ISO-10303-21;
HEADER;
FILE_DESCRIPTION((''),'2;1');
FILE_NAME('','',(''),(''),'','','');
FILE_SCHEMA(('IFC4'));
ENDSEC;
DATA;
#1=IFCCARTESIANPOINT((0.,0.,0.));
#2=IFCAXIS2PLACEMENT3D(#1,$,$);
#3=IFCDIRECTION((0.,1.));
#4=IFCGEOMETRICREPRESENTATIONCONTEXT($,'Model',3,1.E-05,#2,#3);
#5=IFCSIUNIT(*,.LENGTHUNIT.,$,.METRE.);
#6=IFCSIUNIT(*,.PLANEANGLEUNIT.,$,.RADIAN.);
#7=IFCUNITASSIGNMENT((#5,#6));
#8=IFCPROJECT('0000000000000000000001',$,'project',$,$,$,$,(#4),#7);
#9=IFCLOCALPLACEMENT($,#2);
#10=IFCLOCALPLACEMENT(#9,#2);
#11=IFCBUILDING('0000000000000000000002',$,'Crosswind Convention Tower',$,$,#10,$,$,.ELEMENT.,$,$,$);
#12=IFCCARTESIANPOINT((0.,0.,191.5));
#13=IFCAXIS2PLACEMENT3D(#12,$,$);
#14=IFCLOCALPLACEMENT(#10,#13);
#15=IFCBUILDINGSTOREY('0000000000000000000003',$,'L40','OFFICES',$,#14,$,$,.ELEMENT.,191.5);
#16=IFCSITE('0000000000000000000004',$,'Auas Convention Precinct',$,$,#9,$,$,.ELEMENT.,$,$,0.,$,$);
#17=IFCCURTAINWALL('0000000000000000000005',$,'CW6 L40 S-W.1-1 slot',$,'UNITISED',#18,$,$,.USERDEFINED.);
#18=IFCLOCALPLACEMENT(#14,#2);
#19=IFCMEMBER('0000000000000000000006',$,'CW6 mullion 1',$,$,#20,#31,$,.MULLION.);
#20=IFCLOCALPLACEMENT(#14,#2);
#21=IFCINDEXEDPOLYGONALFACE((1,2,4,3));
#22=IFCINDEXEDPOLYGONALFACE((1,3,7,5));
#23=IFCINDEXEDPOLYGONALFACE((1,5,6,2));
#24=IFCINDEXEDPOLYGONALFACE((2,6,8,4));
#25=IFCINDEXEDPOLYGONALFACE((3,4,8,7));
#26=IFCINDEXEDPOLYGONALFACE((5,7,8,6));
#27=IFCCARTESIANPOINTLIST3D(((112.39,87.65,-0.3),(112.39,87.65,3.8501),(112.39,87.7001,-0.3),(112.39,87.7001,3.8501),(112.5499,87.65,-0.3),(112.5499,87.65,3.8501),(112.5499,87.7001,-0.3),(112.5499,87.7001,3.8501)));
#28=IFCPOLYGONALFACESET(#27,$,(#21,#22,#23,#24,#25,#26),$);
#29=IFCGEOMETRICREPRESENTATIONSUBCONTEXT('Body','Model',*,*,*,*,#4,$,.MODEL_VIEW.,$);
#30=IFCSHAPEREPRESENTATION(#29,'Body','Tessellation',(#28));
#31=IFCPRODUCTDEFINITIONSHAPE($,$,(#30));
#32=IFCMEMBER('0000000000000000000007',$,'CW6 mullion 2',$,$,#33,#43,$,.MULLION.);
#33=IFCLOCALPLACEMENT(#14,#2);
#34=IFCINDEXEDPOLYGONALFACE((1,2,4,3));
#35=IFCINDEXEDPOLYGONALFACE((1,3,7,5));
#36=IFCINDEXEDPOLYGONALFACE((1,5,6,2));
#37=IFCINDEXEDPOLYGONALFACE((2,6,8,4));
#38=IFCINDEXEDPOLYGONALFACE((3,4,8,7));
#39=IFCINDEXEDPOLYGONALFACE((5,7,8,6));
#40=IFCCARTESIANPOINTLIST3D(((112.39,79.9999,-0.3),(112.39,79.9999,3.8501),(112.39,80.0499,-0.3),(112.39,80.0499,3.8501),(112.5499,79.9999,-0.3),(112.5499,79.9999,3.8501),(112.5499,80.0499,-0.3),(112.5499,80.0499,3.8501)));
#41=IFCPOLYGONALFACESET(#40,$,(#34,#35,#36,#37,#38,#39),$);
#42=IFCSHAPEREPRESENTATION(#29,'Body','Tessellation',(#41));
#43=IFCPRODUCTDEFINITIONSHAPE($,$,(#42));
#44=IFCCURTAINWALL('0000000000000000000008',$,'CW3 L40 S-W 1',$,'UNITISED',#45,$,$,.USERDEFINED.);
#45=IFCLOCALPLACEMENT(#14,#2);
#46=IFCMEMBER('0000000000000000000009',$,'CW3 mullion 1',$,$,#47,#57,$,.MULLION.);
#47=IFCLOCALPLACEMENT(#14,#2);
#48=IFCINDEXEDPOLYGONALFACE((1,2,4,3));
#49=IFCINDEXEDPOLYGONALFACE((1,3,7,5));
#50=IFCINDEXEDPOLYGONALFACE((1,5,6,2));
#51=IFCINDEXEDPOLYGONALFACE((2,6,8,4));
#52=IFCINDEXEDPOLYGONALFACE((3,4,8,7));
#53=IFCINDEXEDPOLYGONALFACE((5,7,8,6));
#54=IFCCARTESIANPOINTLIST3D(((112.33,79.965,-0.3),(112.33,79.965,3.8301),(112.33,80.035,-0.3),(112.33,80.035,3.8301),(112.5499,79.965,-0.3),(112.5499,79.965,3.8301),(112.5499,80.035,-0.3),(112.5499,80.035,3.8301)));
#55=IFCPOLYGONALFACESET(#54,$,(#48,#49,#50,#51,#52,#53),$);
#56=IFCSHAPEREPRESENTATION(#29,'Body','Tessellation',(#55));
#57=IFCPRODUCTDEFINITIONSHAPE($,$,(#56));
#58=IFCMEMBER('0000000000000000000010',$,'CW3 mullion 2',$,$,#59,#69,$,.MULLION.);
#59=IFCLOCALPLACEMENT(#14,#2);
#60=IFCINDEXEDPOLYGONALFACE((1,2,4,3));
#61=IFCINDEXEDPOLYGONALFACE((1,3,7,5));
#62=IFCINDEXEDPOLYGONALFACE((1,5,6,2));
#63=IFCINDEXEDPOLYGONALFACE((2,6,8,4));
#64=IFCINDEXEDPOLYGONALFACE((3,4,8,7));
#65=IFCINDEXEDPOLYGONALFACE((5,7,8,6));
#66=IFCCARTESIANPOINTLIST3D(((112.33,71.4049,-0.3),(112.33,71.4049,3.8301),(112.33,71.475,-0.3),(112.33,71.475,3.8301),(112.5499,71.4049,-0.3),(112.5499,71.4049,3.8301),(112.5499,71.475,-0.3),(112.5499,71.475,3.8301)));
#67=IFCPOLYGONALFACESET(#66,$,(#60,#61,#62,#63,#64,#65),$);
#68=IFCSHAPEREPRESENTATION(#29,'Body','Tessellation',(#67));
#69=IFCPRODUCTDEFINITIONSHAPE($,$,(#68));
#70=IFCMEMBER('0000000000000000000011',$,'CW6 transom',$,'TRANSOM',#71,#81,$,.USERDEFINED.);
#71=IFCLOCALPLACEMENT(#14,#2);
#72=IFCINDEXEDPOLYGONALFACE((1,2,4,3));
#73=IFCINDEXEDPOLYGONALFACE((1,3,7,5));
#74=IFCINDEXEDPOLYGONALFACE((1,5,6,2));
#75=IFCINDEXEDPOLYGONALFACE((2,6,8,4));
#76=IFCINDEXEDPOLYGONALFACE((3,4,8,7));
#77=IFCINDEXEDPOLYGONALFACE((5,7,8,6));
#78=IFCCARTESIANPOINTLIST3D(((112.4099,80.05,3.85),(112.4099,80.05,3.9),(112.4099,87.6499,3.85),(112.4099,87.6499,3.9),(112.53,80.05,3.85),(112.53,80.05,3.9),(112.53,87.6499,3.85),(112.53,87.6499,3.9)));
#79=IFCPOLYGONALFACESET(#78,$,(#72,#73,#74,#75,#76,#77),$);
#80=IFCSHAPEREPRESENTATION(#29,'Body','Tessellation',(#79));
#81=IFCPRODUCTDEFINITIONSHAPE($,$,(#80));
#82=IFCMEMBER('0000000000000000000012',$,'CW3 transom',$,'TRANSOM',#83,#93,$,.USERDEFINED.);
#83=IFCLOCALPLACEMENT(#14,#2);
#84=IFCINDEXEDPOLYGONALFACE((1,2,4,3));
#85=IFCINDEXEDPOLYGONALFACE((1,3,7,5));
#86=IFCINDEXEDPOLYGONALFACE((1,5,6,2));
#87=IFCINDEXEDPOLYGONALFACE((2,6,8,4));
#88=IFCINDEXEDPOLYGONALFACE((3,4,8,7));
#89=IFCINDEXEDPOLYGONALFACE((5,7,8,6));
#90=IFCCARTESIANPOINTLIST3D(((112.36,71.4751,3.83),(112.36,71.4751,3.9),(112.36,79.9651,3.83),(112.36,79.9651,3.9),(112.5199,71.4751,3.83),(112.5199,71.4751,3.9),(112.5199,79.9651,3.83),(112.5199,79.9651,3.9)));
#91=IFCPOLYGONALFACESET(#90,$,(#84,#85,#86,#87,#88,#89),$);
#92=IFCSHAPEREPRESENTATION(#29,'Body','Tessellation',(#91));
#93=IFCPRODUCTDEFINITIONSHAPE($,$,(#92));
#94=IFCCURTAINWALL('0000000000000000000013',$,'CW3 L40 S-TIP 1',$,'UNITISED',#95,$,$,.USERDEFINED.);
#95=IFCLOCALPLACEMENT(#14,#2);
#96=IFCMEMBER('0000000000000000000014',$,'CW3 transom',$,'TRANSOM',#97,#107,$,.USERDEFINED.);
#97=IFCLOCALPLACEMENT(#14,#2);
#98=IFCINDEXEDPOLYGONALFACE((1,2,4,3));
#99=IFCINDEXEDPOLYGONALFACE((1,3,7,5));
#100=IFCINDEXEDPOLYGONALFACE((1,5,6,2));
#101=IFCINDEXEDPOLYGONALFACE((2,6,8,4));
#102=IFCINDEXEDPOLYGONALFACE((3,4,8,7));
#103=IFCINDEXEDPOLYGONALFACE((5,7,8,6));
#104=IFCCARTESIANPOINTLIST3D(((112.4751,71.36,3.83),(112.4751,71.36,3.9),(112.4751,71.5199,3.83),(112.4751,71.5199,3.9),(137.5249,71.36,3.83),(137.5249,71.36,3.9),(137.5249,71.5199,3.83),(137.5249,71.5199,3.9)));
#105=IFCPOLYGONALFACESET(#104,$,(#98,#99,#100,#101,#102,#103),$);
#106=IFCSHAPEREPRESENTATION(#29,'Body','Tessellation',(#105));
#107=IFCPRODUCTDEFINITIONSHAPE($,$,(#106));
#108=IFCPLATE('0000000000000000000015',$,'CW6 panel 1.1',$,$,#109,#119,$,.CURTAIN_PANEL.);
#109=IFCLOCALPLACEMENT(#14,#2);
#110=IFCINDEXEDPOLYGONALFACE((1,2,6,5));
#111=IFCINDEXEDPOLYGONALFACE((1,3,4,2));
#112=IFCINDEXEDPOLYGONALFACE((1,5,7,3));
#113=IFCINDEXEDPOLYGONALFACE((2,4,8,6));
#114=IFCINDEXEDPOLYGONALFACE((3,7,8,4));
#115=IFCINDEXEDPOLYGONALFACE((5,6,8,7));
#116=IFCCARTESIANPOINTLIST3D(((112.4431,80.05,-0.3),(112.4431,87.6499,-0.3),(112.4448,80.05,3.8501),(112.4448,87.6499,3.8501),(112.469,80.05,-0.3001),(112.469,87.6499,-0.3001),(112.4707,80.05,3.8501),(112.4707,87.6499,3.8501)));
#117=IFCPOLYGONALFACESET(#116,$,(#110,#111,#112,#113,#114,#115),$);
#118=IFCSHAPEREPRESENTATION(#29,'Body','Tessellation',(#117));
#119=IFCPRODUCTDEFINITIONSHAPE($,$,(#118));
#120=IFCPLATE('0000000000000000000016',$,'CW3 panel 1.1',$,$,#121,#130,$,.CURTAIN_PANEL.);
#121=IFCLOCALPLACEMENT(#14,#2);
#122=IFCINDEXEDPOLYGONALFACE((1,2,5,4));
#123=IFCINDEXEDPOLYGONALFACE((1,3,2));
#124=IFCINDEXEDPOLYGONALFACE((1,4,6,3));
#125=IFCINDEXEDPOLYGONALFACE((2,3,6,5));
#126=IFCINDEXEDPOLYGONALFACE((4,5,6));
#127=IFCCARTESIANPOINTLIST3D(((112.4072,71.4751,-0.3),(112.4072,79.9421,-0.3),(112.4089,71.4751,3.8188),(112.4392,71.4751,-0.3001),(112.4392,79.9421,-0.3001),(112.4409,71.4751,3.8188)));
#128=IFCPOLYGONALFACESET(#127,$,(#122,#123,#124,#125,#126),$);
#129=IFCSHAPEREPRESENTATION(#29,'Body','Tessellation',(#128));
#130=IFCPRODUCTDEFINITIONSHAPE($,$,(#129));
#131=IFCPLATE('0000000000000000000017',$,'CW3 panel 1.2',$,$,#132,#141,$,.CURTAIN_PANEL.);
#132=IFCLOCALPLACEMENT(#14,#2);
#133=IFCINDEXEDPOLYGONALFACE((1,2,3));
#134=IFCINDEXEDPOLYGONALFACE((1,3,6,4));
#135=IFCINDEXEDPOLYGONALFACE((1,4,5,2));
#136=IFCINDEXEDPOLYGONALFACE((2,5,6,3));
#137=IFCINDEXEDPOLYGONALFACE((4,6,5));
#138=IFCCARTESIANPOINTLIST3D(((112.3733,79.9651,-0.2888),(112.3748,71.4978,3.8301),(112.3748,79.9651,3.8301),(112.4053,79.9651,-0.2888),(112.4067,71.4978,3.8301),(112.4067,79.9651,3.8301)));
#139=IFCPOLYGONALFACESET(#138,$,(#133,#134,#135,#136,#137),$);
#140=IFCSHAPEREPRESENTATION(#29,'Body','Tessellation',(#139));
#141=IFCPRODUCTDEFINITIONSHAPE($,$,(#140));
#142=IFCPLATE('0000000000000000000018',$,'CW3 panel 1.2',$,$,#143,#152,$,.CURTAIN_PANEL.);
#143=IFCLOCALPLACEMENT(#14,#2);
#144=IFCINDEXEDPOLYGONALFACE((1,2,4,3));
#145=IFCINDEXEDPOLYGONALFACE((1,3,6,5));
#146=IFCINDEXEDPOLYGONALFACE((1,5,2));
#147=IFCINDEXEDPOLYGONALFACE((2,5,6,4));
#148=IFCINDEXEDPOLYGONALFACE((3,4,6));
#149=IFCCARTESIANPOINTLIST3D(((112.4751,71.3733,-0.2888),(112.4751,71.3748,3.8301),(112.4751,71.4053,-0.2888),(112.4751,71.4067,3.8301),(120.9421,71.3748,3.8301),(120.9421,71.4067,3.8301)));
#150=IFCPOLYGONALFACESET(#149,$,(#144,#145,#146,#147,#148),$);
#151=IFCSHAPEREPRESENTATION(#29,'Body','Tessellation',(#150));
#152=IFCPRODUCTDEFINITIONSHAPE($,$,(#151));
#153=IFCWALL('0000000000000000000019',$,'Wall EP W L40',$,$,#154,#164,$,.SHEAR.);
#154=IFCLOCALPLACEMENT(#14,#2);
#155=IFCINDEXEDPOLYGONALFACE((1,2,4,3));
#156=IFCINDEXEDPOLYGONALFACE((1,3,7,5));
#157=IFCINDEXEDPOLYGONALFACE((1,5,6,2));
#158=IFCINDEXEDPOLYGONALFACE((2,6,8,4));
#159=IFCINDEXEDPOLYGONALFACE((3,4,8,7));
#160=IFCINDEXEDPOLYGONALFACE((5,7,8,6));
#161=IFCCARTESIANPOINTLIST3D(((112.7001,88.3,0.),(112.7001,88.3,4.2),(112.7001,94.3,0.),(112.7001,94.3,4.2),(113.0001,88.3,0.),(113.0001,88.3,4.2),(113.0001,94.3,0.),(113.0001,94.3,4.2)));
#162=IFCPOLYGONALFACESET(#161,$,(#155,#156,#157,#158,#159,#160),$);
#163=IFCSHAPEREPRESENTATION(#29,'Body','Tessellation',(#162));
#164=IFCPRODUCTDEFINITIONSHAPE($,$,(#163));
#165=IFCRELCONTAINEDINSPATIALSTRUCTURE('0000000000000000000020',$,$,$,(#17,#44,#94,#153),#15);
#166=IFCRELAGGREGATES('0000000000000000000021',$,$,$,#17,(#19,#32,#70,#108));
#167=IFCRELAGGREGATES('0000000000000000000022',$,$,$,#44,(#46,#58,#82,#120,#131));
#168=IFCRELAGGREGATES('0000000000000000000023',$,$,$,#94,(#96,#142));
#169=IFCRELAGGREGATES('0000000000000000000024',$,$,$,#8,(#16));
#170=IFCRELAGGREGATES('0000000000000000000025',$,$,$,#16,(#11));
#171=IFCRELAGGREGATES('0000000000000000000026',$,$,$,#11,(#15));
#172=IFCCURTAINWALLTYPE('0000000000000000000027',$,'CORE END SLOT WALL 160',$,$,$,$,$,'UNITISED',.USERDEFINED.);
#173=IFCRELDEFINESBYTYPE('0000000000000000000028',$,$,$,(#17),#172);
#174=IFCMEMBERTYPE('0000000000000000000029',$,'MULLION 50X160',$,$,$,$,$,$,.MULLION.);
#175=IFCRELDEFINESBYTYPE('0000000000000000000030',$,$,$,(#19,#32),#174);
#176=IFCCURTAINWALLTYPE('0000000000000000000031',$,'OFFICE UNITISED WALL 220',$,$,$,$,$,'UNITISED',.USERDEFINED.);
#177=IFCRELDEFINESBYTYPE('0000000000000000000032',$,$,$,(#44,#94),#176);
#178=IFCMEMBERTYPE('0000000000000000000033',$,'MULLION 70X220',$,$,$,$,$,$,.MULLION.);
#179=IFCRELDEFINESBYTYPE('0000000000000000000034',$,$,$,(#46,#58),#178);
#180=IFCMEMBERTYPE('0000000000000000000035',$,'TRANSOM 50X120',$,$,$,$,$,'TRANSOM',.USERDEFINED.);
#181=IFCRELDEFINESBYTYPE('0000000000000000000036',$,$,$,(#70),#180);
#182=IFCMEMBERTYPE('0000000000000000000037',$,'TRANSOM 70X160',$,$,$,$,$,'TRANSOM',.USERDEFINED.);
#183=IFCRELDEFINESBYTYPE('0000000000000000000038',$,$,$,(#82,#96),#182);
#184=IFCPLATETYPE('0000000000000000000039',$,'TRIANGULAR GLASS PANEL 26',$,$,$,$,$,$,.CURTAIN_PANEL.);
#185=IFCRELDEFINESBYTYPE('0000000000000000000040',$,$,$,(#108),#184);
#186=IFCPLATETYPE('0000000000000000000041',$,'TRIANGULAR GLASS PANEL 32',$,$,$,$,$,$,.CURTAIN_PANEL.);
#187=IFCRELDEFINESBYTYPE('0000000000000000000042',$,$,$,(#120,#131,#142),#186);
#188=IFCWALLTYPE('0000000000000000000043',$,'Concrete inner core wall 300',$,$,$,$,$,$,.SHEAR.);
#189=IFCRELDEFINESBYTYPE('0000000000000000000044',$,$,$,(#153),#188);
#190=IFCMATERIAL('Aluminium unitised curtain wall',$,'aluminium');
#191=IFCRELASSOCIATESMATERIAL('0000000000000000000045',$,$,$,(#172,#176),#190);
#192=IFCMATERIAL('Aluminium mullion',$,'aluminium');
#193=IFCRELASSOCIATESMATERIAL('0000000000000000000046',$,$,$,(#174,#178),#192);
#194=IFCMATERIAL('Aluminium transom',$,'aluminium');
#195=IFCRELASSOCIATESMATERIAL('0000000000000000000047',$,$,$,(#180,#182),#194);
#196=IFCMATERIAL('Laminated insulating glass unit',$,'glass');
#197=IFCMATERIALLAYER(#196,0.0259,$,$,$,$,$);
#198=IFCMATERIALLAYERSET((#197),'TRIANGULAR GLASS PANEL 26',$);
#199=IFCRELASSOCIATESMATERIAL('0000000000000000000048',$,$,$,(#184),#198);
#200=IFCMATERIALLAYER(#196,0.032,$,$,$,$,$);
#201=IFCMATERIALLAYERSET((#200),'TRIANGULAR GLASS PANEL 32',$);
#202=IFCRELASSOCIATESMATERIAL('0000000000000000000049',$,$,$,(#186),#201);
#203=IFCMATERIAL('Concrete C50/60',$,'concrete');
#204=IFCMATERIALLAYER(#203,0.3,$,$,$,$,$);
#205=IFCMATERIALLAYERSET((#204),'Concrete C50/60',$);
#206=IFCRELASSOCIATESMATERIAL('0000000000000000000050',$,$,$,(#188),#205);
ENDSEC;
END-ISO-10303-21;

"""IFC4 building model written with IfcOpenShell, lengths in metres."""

from ifc_helpers import new_model, si_unit, direction, frame, frame_2d, origin, origin_2d, place, context, subcontext, project, spatial, polyline, rectangle, outline, extrude, material, layer, layer_set, material_profile, profile_set, type_object, element, aggregate, save


model = new_model("IFC4")

# Units and contexts
model_context = context("Model", 3, precision=1e-05, world=origin(), true_north=direction((0.0, 1.0)))
body_context = subcontext(model_context, "Body", "Model", "MODEL_VIEW")
ifc_project = project(units=[si_unit("LENGTHUNIT", "METRE"), si_unit("PLANEANGLEUNIT", "RADIAN")], contexts=[model_context])

# Site, building, storey
site_placement = place(None, origin())
site = spatial("IfcSite", under=ifc_project, at=site_placement, Name="Auas Convention Precinct", CompositionType="ELEMENT", RefElevation=0.0)
building_placement = place(site_placement, origin())
building = spatial("IfcBuilding", under=site, at=building_placement, Name="Crosswind Convention Tower", CompositionType="ELEMENT")
storey_placement = place(building_placement, frame((0.0, 0.0, 191.5)))
storey = spatial("IfcBuildingStorey", under=building, at=storey_placement, Name="L40", Description="OFFICES", CompositionType="ELEMENT", Elevation=191.5)

# Curtain walls, members
ifc_material_1 = material(Name="Aluminium unitised curtain wall", Category="aluminium")
curtain_wall_type_1 = type_object("IfcCurtainWallType", Name="CORE END SLOT WALL 160", ElementType="UNITISED", PredefinedType="USERDEFINED", material=ifc_material_1)
curtain_wall_1_placement = place(storey_placement, origin())
curtain_wall_1 = element("IfcCurtainWall", 1, at=curtain_wall_1_placement, inside=storey, type_object=curtain_wall_type_1, Name="CW6 L40 S-W.1-1 slot", ObjectType="UNITISED", PredefinedType="USERDEFINED")
ifc_material_2 = material(Name="Aluminium mullion", Category="aluminium")
ifc_material_profile_1 = material_profile(ifc_material_2, rectangle(XDim=0.1599, YDim=0.05, at=origin_2d()), Name="AL 160X50")
ifc_profile_set_1 = profile_set([ifc_material_profile_1], Name="Aluminium mullion")
member_type_1 = type_object("IfcMemberType", Name="MULLION 50X160", PredefinedType="MULLION", material=ifc_profile_set_1)
member_1_placement = place(storey_placement, frame((112.47, 87.675, -0.3), z_axis=(0.0, 0.0, 1.0), x_axis=(-1.0, 0.0, 0.0)))
member_1 = element("IfcMember", 2, at=member_1_placement, type_object=member_type_1, Name="CW6 mullion 1", PredefinedType="MULLION", context=body_context, shape_type="SweptSolid", body=[
    extrude(rectangle(XDim=0.1599, YDim=0.05, at=origin_2d()), origin(), (0.0, 0.0, 1.0), 4.1501),
])
member_2_placement = place(storey_placement, frame((112.47, 80.0249, -0.3), z_axis=(0.0, 0.0, 1.0), x_axis=(-1.0, 0.0, 0.0)))
member_2 = element("IfcMember", 3, at=member_2_placement, type_object=member_type_1, Name="CW6 mullion 2", PredefinedType="MULLION", context=body_context, shape_type="SweptSolid", body=[
    extrude(rectangle(XDim=0.1599, YDim=0.05, at=origin_2d()), origin(), (0.0, 0.0, 1.0), 4.1501),
])
curtain_wall_type_2 = type_object("IfcCurtainWallType", Name="OFFICE UNITISED WALL 220", ElementType="UNITISED", PredefinedType="USERDEFINED", material=ifc_material_1)
curtain_wall_2_placement = place(storey_placement, origin())
curtain_wall_2 = element("IfcCurtainWall", 4, at=curtain_wall_2_placement, inside=storey, type_object=curtain_wall_type_2, Name="CW3 L40 S-W 1", ObjectType="UNITISED", PredefinedType="USERDEFINED")
ifc_material_profile_2 = material_profile(ifc_material_2, rectangle(XDim=0.22, YDim=0.0701, at=origin_2d()), Name="AL 220X70")
ifc_profile_set_2 = profile_set([ifc_material_profile_2], Name="Aluminium mullion")
member_type_2 = type_object("IfcMemberType", Name="MULLION 70X220", PredefinedType="MULLION", material=ifc_profile_set_2)
member_3_placement = place(storey_placement, frame((112.4399, 80.0, -0.3), z_axis=(0.0, 0.0, 1.0), x_axis=(-1.0, 0.0, 0.0)))
member_3 = element("IfcMember", 5, at=member_3_placement, type_object=member_type_2, Name="CW3 mullion 1", PredefinedType="MULLION", context=body_context, shape_type="SweptSolid", body=[
    extrude(rectangle(XDim=0.22, YDim=0.0701, at=origin_2d()), origin(), (0.0, 0.0, 1.0), 4.1301),
])
member_4_placement = place(storey_placement, frame((112.4399, 71.4399, -0.3), z_axis=(0.0, 0.0, 1.0), x_axis=(-1.0, 0.0, 0.0)))
member_4 = element("IfcMember", 6, at=member_4_placement, type_object=member_type_2, Name="CW3 mullion 2", PredefinedType="MULLION", context=body_context, shape_type="SweptSolid", body=[
    extrude(rectangle(XDim=0.22, YDim=0.0701, at=origin_2d()), origin(), (0.0, 0.0, 1.0), 4.1301),
])

# Members
ifc_material_3 = material(Name="Aluminium transom", Category="aluminium")
ifc_material_profile_3 = material_profile(ifc_material_3, rectangle(XDim=0.1201, YDim=0.05, at=origin_2d()), Name="AL 120X50")
ifc_profile_set_3 = profile_set([ifc_material_profile_3], Name="Aluminium transom")
member_type_3 = type_object("IfcMemberType", Name="TRANSOM 50X120", ElementType="TRANSOM", PredefinedType="USERDEFINED", material=ifc_profile_set_3)
member_5_placement = place(storey_placement, frame((112.47, 87.6499, 3.875), z_axis=(0.0, -1.0, 0.0), x_axis=(1.0, 0.0, 0.0)))
member_5 = element("IfcMember", 7, at=member_5_placement, type_object=member_type_3, Name="CW6 transom", ObjectType="TRANSOM", PredefinedType="USERDEFINED", context=body_context, shape_type="SweptSolid", body=[
    extrude(rectangle(XDim=0.1201, YDim=0.05, at=origin_2d()), origin(), (0.0, 0.0, 1.0), 7.5999),
])
ifc_material_profile_4 = material_profile(ifc_material_3, rectangle(XDim=0.1599, YDim=0.0701, at=origin_2d()), Name="AL 160X70")
ifc_profile_set_4 = profile_set([ifc_material_profile_4], Name="Aluminium transom")
member_type_4 = type_object("IfcMemberType", Name="TRANSOM 70X160", ElementType="TRANSOM", PredefinedType="USERDEFINED", material=ifc_profile_set_4)
member_6_placement = place(storey_placement, frame((112.4399, 79.9651, 3.865), z_axis=(0.0, -1.0, 0.0), x_axis=(1.0, 0.0, 0.0)))
member_6 = element("IfcMember", 8, at=member_6_placement, type_object=member_type_4, Name="CW3 transom", ObjectType="TRANSOM", PredefinedType="USERDEFINED", context=body_context, shape_type="SweptSolid", body=[
    extrude(rectangle(XDim=0.1599, YDim=0.0701, at=origin_2d()), origin(), (0.0, 0.0, 1.0), 8.49),
])

# Curtain wall, member
curtain_wall_3_placement = place(storey_placement, origin())
curtain_wall_3 = element("IfcCurtainWall", 9, at=curtain_wall_3_placement, inside=storey, type_object=curtain_wall_type_2, Name="CW3 L40 S-TIP 1", ObjectType="UNITISED", PredefinedType="USERDEFINED")
member_7_placement = place(storey_placement, frame((112.4751, 71.4399, 3.865), z_axis=(1.0, 0.0, 0.0), x_axis=(0.0, 1.0, 0.0)))
member_7 = element("IfcMember", 10, at=member_7_placement, type_object=member_type_4, Name="CW3 transom", ObjectType="TRANSOM", PredefinedType="USERDEFINED", context=body_context, shape_type="SweptSolid", body=[
    extrude(rectangle(XDim=0.1599, YDim=0.0701, at=origin_2d()), origin(), (0.0, 0.0, 1.0), 25.0498),
])

# Plates
ifc_material_4 = material(Name="Laminated insulating glass unit", Category="glass")
ifc_layer_1 = layer(ifc_material_4, 0.0259)
ifc_layer_set_1 = layer_set([ifc_layer_1], Name="TRIANGULAR GLASS PANEL 26")
plate_type_1 = type_object("IfcPlateType", Name="TRIANGULAR GLASS PANEL 26", PredefinedType="CURTAIN_PANEL", material=ifc_layer_set_1)
plate_1_placement = place(storey_placement, frame((112.4431, 87.6499, -0.3), z_axis=(-1.0, 0.0, 0.000412), x_axis=(0.0, -1.0, 0.0)))
plate_1 = element("IfcPlate", 11, at=plate_1_placement, type_object=plate_type_1, Name="CW6 panel 1.1", PredefinedType="CURTAIN_PANEL", context=body_context, shape_type="SweptSolid", body=[
    extrude(outline(polyline([(0.0, 0.0), (7.5999, 0.0), (7.5999, 4.1501), (0.0, 4.1501), (0.0, 0.0)])), origin(), (0.0, 0.0, -1.0), 0.0259),
])
aggregate(curtain_wall_1, [member_1, member_2, member_5, plate_1])
ifc_layer_2 = layer(ifc_material_4, 0.032)
ifc_layer_set_2 = layer_set([ifc_layer_2], Name="TRIANGULAR GLASS PANEL 32")
plate_type_2 = type_object("IfcPlateType", Name="TRIANGULAR GLASS PANEL 32", PredefinedType="CURTAIN_PANEL", material=ifc_layer_set_2)
plate_2_placement = place(storey_placement, frame((112.4072, 71.4751, -0.3), z_axis=(-1.0, 0.0, 0.000415), x_axis=(0.000415, 0.0, 1.0)))
plate_2 = element("IfcPlate", 12, at=plate_2_placement, type_object=plate_type_2, Name="CW3 panel 1.1", PredefinedType="CURTAIN_PANEL", context=body_context, shape_type="SweptSolid", body=[
    extrude(outline(polyline([(0.0, 0.0), (4.1189, 0.0), (0.0, 8.467), (0.0, 0.0)])), origin(), (0.0, 0.0, -1.0), 0.032),
])
plate_3_placement = place(storey_placement, frame((112.3748, 79.9651, 3.8301), z_axis=(-1.0, 0.0, 0.000356), x_axis=(-0.000356, 0.0, -1.0)))
plate_3 = element("IfcPlate", 13, at=plate_3_placement, type_object=plate_type_2, Name="CW3 panel 1.2", PredefinedType="CURTAIN_PANEL", context=body_context, shape_type="SweptSolid", body=[
    extrude(outline(polyline([(0.0, 0.0), (4.1189, 0.0), (0.0, 8.4673), (0.0, 0.0)])), origin(), (0.0, 0.0, -1.0), 0.032),
])
plate_4_placement = place(storey_placement, frame((112.4751, 71.3748, 3.8301), z_axis=(0.0, -1.0, 0.000356), x_axis=(0.0, -0.000356, -1.0)))
plate_4 = element("IfcPlate", 14, at=plate_4_placement, type_object=plate_type_2, Name="CW3 panel 1.2", PredefinedType="CURTAIN_PANEL", context=body_context, shape_type="SweptSolid", body=[
    extrude(outline(polyline([(0.0, 0.0), (4.1189, 0.0), (0.0, 8.467), (0.0, 0.0)])), origin(), (0.0, 0.0, -1.0), 0.032),
])

# Wall
ifc_material_5 = material(Name="Concrete C50/60", Category="concrete")
ifc_layer_3 = layer(ifc_material_5, 0.3)
ifc_layer_set_3 = layer_set([ifc_layer_3], Name="Concrete C50/60")
wall_type_1 = type_object("IfcWallType", Name="Concrete inner core wall 300", PredefinedType="SHEAR", material=ifc_layer_set_3)
wall_1_placement = place(storey_placement, frame((112.8501, 94.3, 0.0), z_axis=(0.0, 0.0, 1.0), x_axis=(0.0, -1.0, 0.0)))
element("IfcWall", 15, at=wall_1_placement, inside=storey, type_object=wall_type_1, Name="Wall EP W L40", PredefinedType="SHEAR", context=body_context, shape_type="SweptSolid", body=[
    extrude(rectangle(XDim=6.0, YDim=0.3, at=frame_2d((3.0, 0.0))), origin(), (0.0, 0.0, 1.0), 4.2),
])

aggregate(curtain_wall_2, [member_3, member_4, member_6, plate_2, plate_3])
aggregate(curtain_wall_3, [member_7, plate_4])

save(model, "model.ifc")
